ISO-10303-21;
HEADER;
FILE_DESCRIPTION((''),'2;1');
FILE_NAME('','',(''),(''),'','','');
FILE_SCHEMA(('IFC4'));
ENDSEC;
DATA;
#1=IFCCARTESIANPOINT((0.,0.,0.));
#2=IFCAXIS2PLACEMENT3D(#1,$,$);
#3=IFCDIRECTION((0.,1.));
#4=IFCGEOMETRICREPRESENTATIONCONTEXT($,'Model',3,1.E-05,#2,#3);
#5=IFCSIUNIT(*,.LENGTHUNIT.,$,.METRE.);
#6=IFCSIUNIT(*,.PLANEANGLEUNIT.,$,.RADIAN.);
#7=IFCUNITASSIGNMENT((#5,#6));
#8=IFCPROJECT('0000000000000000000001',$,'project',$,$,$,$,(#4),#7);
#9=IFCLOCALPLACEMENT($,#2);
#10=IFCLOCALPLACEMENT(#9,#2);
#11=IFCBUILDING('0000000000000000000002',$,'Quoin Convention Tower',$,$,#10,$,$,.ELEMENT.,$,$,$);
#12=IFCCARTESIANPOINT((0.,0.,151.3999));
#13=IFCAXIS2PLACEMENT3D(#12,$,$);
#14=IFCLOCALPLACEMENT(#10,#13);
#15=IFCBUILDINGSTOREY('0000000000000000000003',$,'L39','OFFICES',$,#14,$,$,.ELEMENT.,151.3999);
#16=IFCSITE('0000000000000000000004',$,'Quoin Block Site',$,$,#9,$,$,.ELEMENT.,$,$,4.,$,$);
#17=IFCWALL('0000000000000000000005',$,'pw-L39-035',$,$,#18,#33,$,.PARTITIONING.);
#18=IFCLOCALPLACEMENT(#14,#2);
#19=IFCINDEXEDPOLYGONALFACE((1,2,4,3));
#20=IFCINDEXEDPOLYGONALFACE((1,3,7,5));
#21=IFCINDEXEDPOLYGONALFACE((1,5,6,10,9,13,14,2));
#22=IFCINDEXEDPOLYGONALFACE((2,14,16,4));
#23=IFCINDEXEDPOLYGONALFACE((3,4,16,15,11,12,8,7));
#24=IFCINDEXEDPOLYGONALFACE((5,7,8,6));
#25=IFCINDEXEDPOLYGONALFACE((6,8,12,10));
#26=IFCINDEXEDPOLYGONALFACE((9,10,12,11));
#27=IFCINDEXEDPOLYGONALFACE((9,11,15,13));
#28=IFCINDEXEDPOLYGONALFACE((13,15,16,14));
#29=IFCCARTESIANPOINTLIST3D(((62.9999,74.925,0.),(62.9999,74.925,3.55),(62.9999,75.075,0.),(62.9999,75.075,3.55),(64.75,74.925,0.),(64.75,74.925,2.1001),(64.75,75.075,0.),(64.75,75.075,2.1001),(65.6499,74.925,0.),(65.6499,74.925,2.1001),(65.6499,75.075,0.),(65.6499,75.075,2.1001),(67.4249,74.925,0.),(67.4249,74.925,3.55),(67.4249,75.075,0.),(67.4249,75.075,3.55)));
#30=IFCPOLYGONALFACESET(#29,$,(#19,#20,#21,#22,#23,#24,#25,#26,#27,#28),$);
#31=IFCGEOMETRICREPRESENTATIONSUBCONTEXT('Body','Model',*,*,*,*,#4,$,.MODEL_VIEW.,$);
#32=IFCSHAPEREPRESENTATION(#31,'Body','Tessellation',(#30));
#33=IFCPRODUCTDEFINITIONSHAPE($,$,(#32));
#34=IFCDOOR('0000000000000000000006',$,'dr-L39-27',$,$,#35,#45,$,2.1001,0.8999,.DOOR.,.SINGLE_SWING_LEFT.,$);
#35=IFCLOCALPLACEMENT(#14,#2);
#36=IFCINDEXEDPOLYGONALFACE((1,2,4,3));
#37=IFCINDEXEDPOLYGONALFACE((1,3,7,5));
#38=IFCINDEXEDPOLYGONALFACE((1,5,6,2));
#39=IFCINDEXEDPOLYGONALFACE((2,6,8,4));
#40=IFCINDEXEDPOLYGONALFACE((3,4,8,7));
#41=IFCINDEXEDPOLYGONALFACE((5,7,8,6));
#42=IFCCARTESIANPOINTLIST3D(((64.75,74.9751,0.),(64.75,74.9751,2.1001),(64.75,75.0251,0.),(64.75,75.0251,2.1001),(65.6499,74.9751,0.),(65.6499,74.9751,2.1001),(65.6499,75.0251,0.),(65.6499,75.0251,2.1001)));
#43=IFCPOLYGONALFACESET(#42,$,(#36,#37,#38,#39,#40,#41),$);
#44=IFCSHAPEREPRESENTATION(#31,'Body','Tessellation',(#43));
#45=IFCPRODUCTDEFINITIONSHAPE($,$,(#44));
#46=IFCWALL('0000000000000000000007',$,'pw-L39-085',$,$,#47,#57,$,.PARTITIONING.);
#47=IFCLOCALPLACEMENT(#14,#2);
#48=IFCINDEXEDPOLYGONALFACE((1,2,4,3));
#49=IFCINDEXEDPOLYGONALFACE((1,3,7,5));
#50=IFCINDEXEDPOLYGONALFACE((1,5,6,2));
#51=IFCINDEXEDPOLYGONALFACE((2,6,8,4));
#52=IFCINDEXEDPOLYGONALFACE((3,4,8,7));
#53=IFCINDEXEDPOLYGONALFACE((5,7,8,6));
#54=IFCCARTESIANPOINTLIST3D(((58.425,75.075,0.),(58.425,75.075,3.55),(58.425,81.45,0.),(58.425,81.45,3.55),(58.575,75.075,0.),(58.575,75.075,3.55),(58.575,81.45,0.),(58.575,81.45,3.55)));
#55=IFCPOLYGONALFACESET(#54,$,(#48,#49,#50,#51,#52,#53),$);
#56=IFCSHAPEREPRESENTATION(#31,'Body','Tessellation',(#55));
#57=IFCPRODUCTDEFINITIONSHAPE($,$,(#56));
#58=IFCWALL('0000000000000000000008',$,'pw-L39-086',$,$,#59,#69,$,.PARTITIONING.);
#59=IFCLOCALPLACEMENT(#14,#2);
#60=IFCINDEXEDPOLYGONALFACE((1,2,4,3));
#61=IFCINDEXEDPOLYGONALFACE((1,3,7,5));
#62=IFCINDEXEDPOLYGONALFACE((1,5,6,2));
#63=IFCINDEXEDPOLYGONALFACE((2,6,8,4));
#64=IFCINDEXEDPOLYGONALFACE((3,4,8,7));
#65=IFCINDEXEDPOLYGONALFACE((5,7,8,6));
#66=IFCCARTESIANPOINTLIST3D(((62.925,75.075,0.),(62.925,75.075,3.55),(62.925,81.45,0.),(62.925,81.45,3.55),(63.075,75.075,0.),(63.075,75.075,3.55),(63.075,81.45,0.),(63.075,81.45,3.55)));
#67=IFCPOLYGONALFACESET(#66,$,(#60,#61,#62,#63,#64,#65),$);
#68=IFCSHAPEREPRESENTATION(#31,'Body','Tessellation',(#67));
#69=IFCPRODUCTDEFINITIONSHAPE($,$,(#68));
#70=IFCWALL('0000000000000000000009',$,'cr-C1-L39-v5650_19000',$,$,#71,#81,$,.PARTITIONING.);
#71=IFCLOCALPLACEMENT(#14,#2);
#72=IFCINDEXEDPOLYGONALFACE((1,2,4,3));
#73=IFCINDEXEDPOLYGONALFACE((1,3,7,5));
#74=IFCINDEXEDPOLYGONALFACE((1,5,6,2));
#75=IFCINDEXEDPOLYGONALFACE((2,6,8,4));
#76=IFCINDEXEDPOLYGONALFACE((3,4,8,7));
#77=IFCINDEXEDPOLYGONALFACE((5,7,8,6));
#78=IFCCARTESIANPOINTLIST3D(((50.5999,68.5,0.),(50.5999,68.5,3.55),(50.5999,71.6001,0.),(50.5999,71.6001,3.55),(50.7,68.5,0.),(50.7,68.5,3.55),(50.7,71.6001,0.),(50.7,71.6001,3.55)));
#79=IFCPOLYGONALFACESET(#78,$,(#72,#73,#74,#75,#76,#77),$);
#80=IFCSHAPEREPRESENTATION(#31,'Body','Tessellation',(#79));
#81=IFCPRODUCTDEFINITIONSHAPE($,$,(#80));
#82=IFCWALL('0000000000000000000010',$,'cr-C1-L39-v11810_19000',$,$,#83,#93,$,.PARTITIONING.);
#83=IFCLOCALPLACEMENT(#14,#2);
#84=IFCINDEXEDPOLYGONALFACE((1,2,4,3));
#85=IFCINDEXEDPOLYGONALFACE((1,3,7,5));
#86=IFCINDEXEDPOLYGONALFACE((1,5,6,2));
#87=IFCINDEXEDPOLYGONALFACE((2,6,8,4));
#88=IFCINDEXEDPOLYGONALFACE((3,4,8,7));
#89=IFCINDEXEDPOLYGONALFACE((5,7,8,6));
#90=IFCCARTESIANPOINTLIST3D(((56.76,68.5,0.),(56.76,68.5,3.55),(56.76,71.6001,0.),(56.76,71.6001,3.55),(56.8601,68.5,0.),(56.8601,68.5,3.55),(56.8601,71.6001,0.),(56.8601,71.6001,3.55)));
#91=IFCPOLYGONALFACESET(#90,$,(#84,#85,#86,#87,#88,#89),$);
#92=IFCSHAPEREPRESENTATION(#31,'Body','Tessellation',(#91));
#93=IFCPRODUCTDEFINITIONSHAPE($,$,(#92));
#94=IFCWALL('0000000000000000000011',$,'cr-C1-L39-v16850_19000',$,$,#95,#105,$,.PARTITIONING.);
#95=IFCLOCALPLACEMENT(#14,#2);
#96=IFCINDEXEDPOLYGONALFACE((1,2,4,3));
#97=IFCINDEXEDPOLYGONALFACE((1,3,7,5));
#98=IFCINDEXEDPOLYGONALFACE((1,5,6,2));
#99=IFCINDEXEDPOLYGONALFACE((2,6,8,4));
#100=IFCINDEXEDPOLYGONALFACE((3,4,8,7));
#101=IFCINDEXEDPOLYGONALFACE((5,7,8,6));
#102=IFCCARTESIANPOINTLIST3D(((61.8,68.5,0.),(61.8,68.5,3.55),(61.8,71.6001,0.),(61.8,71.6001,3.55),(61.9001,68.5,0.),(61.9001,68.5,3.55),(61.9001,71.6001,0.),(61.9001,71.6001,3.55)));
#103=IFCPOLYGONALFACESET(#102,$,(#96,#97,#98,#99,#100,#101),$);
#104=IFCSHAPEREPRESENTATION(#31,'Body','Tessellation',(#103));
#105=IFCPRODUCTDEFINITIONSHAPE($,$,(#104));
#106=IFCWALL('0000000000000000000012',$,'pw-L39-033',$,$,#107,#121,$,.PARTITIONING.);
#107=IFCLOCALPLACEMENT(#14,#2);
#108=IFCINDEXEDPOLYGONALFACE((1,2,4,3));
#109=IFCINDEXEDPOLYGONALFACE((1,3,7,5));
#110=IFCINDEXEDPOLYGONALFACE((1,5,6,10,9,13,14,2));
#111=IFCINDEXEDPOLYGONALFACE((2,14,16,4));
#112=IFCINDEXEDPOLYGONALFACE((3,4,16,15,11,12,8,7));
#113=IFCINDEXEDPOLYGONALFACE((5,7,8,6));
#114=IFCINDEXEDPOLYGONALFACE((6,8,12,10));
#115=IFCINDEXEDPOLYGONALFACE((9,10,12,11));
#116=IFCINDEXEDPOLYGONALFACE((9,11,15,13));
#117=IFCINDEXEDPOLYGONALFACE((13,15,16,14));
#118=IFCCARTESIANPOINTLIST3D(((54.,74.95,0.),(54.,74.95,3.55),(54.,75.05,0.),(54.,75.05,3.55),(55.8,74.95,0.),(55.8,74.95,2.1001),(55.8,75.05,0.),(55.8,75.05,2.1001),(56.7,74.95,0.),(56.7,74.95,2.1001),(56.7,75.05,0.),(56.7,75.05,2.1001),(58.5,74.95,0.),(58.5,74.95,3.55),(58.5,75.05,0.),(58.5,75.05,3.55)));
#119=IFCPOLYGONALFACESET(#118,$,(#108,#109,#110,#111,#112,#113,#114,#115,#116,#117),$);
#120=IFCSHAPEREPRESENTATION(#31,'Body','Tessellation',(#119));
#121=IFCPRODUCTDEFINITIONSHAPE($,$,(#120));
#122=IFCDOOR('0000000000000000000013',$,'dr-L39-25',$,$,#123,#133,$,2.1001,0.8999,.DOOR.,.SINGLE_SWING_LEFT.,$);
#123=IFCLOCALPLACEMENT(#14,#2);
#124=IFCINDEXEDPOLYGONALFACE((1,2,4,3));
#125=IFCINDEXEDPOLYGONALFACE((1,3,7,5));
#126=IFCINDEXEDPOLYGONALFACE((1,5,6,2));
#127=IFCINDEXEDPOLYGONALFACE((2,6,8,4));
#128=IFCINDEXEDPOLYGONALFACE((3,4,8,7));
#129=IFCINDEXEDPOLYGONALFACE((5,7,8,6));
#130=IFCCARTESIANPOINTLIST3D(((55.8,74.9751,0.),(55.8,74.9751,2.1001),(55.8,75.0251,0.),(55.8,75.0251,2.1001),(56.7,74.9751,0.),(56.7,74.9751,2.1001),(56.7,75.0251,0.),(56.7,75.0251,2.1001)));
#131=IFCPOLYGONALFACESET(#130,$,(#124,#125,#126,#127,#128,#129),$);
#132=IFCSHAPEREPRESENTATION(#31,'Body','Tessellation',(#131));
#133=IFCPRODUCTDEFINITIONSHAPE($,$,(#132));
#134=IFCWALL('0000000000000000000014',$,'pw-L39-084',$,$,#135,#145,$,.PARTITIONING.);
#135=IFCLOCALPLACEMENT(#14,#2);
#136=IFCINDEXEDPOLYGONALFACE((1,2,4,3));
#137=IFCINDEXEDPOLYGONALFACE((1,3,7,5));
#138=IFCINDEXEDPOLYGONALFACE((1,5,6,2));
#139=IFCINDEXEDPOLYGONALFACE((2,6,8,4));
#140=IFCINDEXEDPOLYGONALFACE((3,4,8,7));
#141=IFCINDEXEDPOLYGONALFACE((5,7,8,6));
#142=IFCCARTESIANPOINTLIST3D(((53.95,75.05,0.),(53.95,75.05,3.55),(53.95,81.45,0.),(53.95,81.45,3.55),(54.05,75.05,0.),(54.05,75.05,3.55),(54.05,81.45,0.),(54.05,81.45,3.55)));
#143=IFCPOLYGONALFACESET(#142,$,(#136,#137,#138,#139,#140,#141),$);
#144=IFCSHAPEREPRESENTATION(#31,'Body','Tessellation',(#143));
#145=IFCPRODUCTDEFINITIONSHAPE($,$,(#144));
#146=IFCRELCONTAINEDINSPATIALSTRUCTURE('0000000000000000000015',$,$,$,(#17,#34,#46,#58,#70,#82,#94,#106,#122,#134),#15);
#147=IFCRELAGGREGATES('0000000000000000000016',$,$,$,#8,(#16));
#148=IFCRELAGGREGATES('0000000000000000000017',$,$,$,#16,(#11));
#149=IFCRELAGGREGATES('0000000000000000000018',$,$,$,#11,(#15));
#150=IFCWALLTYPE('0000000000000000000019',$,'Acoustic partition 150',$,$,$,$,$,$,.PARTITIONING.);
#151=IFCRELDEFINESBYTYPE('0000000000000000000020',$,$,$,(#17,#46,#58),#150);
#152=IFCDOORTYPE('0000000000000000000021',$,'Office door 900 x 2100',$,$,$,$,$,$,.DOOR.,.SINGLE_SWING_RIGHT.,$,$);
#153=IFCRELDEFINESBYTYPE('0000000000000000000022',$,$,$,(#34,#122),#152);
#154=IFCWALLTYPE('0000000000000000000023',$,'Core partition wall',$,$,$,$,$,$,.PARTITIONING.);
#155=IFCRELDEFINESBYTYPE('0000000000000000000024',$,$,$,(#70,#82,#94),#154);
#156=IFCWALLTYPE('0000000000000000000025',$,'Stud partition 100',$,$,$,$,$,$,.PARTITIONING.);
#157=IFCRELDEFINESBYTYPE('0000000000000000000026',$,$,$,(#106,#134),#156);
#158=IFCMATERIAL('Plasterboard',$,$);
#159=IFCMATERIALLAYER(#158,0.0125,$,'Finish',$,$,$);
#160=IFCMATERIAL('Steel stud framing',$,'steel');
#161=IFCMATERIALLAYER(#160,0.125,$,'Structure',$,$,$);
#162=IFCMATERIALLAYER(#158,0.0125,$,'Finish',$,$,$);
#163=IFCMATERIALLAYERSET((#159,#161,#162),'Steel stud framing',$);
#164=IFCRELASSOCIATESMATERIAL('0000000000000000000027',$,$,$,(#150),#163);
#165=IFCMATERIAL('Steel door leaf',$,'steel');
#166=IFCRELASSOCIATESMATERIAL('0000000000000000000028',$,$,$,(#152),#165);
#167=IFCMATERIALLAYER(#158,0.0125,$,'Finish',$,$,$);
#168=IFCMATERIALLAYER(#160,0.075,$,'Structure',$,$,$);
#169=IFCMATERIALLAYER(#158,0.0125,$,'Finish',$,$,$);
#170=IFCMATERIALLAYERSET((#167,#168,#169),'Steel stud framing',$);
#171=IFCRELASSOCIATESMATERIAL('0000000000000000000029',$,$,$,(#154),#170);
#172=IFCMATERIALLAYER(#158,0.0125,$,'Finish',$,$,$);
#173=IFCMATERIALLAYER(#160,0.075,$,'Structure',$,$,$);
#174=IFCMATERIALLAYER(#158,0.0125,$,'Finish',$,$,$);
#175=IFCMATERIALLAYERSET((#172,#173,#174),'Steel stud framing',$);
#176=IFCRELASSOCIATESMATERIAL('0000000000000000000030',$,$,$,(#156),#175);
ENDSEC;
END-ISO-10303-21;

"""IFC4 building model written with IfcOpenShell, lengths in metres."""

from ifc_helpers import new_model, si_unit, direction, frame, frame_2d, origin, place, context, subcontext, project, spatial, rectangle, extrude, material, layer, layer_set, type_object, element, fill, save


model = new_model("IFC4")

# Units and contexts
model_context = context("Model", 3, precision=1e-05, world=origin(), true_north=direction((0.0, 1.0)))
body_context = subcontext(model_context, "Body", "Model", "MODEL_VIEW")
ifc_project = project(units=[si_unit("LENGTHUNIT", "METRE"), si_unit("PLANEANGLEUNIT", "RADIAN")], contexts=[model_context])

# Site, building, storey
site_placement = place(None, origin())
site = spatial("IfcSite", under=ifc_project, at=site_placement, Name="Quoin Block Site", CompositionType="ELEMENT", RefElevation=4.0)
building_placement = place(site_placement, origin())
building = spatial("IfcBuilding", under=site, at=building_placement, Name="Quoin Convention Tower", CompositionType="ELEMENT")
storey_placement = place(building_placement, frame((0.0, 0.0, 151.3999)))
storey = spatial("IfcBuildingStorey", under=building, at=storey_placement, Name="L39", Description="OFFICES", CompositionType="ELEMENT", Elevation=151.3999)

# Wall, opening, door
ifc_material_1 = material(Name="Plasterboard")
ifc_layer_1 = layer(ifc_material_1, 0.0125, Name="Finish")
ifc_material_2 = material(Name="Steel stud framing", Category="steel")
ifc_layer_2 = layer(ifc_material_2, 0.125, Name="Structure")
ifc_layer_3 = layer(ifc_material_1, 0.0125, Name="Finish")
ifc_layer_set_1 = layer_set([ifc_layer_1, ifc_layer_2, ifc_layer_3], Name="Steel stud framing")
wall_type_1 = type_object("IfcWallType", Name="Acoustic partition 150", PredefinedType="PARTITIONING", material=ifc_layer_set_1)
ifc_material_3 = material(Name="Steel door leaf", Category="steel")
door_type = type_object("IfcDoorType", Name="Office door 900 x 2100", OperationType="SINGLE_SWING_RIGHT", PredefinedType="DOOR", material=ifc_material_3)
wall_1_placement = place(storey_placement, frame((63.0, 75.0, 0.0), z_axis=(0.0, 0.0, 1.0), x_axis=(1.0, 0.0, 0.0)))
wall_1 = element("IfcWall", 1, at=wall_1_placement, inside=storey, type_object=wall_type_1, Name="pw-L39-035", PredefinedType="PARTITIONING", context=body_context, shape_type="SweptSolid", body=[
    extrude(rectangle(XDim=4.425, YDim=0.1499, at=frame_2d((2.2124, 0.0))), origin(), (0.0, 0.0, 1.0), 3.55),
])
opening_1_placement = place(wall_1_placement, frame((1.75, 0.0, 0.0)))
opening_1 = element("IfcOpeningElement", 2, at=opening_1_placement, cuts=wall_1, PredefinedType="OPENING", context=body_context, shape_type="SweptSolid", body=[
    extrude(rectangle(XDim=0.8999, YDim=2.1001, at=frame_2d((0.45, 1.05))), frame((0.0, 0.085, 0.0), z_axis=(0.0, -1.0, 0.0), x_axis=(1.0, 0.0, 0.0)), (0.0, 0.0, 1.0), 0.1699),
])
door_1_placement = place(opening_1_placement, frame((0.8999, 0.0, 0.0), z_axis=(0.0, 0.0, 1.0), x_axis=(-1.0, 0.0, 0.0)))
door_1 = element("IfcDoor", 3, at=door_1_placement, inside=storey, type_object=door_type, Name="dr-L39-27", OperationType="SINGLE_SWING_LEFT", OverallHeight=2.1001, OverallWidth=0.8999, PredefinedType="DOOR", context=body_context, shape_type="SweptSolid", body=[
    extrude(rectangle(XDim=0.8999, YDim=2.1001, at=frame_2d((0.45, 1.05))), frame((0.0, 0.0249, 0.0), z_axis=(0.0, -1.0, 0.0), x_axis=(1.0, 0.0, 0.0)), (0.0, 0.0, 1.0), 0.05),
])
fill(opening_1, door_1)

# Walls
for number, where, z_axis, x_axis, name in (
    (4, (58.5, 75.075, 0.0), (0.0, 0.0, 1.0), (0.0, 1.0, 0.0), "pw-L39-085"),
    (5, (63.0, 75.075, 0.0), (0.0, 0.0, 1.0), (0.0, 1.0, 0.0), "pw-L39-086"),
):
    element("IfcWall", number, at=place(storey_placement, frame(where, z_axis=z_axis, x_axis=x_axis)), inside=storey, type_object=wall_type_1, Name=name, PredefinedType="PARTITIONING", context=body_context, shape_type="SweptSolid", body=[
        extrude(rectangle(XDim=6.375, YDim=0.1499, at=frame_2d((3.1875, 0.0))), origin(), (0.0, 0.0, 1.0), 3.55),
    ])
ifc_layer_4 = layer(ifc_material_1, 0.0125, Name="Finish")
ifc_layer_5 = layer(ifc_material_2, 0.075, Name="Structure")
ifc_layer_6 = layer(ifc_material_1, 0.0125, Name="Finish")
ifc_layer_set_2 = layer_set([ifc_layer_4, ifc_layer_5, ifc_layer_6], Name="Steel stud framing")
wall_type_2 = type_object("IfcWallType", Name="Core partition wall", PredefinedType="PARTITIONING", material=ifc_layer_set_2)
for number, where, z_axis, x_axis, name in (
    (6, (50.6499, 68.5, 0.0), (0.0, 0.0, 1.0), (0.0, 1.0, 0.0), "cr-C1-L39-v5650_19000"),
    (7, (56.8101, 68.5, 0.0), (0.0, 0.0, 1.0), (0.0, 1.0, 0.0), "cr-C1-L39-v11810_19000"),
    (8, (61.8501, 68.5, 0.0), (0.0, 0.0, 1.0), (0.0, 1.0, 0.0), "cr-C1-L39-v16850_19000"),
):
    element("IfcWall", number, at=place(storey_placement, frame(where, z_axis=z_axis, x_axis=x_axis)), inside=storey, type_object=wall_type_2, Name=name, PredefinedType="PARTITIONING", context=body_context, shape_type="SweptSolid", body=[
        extrude(rectangle(XDim=3.1001, YDim=0.1001, at=frame_2d((1.55, 0.0))), origin(), (0.0, 0.0, 1.0), 3.55),
    ])

# Wall, opening, door
ifc_layer_7 = layer(ifc_material_1, 0.0125, Name="Finish")
ifc_layer_8 = layer(ifc_material_2, 0.075, Name="Structure")
ifc_layer_9 = layer(ifc_material_1, 0.0125, Name="Finish")
ifc_layer_set_3 = layer_set([ifc_layer_7, ifc_layer_8, ifc_layer_9], Name="Steel stud framing")
wall_type_3 = type_object("IfcWallType", Name="Stud partition 100", PredefinedType="PARTITIONING", material=ifc_layer_set_3)
wall_2_placement = place(storey_placement, frame((54.0, 75.0, 0.0), z_axis=(0.0, 0.0, 1.0), x_axis=(1.0, 0.0, 0.0)))
wall_2 = element("IfcWall", 9, at=wall_2_placement, inside=storey, type_object=wall_type_3, Name="pw-L39-033", PredefinedType="PARTITIONING", context=body_context, shape_type="SweptSolid", body=[
    extrude(rectangle(XDim=4.5, YDim=0.1001, at=frame_2d((2.25, 0.0))), origin(), (0.0, 0.0, 1.0), 3.55),
])
opening_2_placement = place(wall_2_placement, frame((1.8, 0.0, 0.0)))
opening_2 = element("IfcOpeningElement", 10, at=opening_2_placement, cuts=wall_2, PredefinedType="OPENING", context=body_context, shape_type="SweptSolid", body=[
    extrude(rectangle(XDim=0.8999, YDim=2.1001, at=frame_2d((0.45, 1.05))), frame((0.0, 0.0601, 0.0), z_axis=(0.0, -1.0, 0.0), x_axis=(1.0, 0.0, 0.0)), (0.0, 0.0, 1.0), 0.1201),
])
door_2_placement = place(opening_2_placement, frame((0.8999, 0.0, 0.0), z_axis=(0.0, 0.0, 1.0), x_axis=(-1.0, 0.0, 0.0)))
door_2 = element("IfcDoor", 11, at=door_2_placement, inside=storey, type_object=door_type, Name="dr-L39-25", OperationType="SINGLE_SWING_LEFT", OverallHeight=2.1001, OverallWidth=0.8999, PredefinedType="DOOR", context=body_context, shape_type="SweptSolid", body=[
    extrude(rectangle(XDim=0.8999, YDim=2.1001, at=frame_2d((0.45, 1.05))), frame((0.0, 0.0249, 0.0), z_axis=(0.0, -1.0, 0.0), x_axis=(1.0, 0.0, 0.0)), (0.0, 0.0, 1.0), 0.05),
])
fill(opening_2, door_2)

# Wall
wall_3_placement = place(storey_placement, frame((54.0, 75.05, 0.0), z_axis=(0.0, 0.0, 1.0), x_axis=(0.0, 1.0, 0.0)))
element("IfcWall", 12, at=wall_3_placement, inside=storey, type_object=wall_type_3, Name="pw-L39-084", PredefinedType="PARTITIONING", context=body_context, shape_type="SweptSolid", body=[
    extrude(rectangle(XDim=6.3999, YDim=0.1001, at=frame_2d((3.2, 0.0))), origin(), (0.0, 0.0, 1.0), 3.55),
])

save(model, "model.ifc")
